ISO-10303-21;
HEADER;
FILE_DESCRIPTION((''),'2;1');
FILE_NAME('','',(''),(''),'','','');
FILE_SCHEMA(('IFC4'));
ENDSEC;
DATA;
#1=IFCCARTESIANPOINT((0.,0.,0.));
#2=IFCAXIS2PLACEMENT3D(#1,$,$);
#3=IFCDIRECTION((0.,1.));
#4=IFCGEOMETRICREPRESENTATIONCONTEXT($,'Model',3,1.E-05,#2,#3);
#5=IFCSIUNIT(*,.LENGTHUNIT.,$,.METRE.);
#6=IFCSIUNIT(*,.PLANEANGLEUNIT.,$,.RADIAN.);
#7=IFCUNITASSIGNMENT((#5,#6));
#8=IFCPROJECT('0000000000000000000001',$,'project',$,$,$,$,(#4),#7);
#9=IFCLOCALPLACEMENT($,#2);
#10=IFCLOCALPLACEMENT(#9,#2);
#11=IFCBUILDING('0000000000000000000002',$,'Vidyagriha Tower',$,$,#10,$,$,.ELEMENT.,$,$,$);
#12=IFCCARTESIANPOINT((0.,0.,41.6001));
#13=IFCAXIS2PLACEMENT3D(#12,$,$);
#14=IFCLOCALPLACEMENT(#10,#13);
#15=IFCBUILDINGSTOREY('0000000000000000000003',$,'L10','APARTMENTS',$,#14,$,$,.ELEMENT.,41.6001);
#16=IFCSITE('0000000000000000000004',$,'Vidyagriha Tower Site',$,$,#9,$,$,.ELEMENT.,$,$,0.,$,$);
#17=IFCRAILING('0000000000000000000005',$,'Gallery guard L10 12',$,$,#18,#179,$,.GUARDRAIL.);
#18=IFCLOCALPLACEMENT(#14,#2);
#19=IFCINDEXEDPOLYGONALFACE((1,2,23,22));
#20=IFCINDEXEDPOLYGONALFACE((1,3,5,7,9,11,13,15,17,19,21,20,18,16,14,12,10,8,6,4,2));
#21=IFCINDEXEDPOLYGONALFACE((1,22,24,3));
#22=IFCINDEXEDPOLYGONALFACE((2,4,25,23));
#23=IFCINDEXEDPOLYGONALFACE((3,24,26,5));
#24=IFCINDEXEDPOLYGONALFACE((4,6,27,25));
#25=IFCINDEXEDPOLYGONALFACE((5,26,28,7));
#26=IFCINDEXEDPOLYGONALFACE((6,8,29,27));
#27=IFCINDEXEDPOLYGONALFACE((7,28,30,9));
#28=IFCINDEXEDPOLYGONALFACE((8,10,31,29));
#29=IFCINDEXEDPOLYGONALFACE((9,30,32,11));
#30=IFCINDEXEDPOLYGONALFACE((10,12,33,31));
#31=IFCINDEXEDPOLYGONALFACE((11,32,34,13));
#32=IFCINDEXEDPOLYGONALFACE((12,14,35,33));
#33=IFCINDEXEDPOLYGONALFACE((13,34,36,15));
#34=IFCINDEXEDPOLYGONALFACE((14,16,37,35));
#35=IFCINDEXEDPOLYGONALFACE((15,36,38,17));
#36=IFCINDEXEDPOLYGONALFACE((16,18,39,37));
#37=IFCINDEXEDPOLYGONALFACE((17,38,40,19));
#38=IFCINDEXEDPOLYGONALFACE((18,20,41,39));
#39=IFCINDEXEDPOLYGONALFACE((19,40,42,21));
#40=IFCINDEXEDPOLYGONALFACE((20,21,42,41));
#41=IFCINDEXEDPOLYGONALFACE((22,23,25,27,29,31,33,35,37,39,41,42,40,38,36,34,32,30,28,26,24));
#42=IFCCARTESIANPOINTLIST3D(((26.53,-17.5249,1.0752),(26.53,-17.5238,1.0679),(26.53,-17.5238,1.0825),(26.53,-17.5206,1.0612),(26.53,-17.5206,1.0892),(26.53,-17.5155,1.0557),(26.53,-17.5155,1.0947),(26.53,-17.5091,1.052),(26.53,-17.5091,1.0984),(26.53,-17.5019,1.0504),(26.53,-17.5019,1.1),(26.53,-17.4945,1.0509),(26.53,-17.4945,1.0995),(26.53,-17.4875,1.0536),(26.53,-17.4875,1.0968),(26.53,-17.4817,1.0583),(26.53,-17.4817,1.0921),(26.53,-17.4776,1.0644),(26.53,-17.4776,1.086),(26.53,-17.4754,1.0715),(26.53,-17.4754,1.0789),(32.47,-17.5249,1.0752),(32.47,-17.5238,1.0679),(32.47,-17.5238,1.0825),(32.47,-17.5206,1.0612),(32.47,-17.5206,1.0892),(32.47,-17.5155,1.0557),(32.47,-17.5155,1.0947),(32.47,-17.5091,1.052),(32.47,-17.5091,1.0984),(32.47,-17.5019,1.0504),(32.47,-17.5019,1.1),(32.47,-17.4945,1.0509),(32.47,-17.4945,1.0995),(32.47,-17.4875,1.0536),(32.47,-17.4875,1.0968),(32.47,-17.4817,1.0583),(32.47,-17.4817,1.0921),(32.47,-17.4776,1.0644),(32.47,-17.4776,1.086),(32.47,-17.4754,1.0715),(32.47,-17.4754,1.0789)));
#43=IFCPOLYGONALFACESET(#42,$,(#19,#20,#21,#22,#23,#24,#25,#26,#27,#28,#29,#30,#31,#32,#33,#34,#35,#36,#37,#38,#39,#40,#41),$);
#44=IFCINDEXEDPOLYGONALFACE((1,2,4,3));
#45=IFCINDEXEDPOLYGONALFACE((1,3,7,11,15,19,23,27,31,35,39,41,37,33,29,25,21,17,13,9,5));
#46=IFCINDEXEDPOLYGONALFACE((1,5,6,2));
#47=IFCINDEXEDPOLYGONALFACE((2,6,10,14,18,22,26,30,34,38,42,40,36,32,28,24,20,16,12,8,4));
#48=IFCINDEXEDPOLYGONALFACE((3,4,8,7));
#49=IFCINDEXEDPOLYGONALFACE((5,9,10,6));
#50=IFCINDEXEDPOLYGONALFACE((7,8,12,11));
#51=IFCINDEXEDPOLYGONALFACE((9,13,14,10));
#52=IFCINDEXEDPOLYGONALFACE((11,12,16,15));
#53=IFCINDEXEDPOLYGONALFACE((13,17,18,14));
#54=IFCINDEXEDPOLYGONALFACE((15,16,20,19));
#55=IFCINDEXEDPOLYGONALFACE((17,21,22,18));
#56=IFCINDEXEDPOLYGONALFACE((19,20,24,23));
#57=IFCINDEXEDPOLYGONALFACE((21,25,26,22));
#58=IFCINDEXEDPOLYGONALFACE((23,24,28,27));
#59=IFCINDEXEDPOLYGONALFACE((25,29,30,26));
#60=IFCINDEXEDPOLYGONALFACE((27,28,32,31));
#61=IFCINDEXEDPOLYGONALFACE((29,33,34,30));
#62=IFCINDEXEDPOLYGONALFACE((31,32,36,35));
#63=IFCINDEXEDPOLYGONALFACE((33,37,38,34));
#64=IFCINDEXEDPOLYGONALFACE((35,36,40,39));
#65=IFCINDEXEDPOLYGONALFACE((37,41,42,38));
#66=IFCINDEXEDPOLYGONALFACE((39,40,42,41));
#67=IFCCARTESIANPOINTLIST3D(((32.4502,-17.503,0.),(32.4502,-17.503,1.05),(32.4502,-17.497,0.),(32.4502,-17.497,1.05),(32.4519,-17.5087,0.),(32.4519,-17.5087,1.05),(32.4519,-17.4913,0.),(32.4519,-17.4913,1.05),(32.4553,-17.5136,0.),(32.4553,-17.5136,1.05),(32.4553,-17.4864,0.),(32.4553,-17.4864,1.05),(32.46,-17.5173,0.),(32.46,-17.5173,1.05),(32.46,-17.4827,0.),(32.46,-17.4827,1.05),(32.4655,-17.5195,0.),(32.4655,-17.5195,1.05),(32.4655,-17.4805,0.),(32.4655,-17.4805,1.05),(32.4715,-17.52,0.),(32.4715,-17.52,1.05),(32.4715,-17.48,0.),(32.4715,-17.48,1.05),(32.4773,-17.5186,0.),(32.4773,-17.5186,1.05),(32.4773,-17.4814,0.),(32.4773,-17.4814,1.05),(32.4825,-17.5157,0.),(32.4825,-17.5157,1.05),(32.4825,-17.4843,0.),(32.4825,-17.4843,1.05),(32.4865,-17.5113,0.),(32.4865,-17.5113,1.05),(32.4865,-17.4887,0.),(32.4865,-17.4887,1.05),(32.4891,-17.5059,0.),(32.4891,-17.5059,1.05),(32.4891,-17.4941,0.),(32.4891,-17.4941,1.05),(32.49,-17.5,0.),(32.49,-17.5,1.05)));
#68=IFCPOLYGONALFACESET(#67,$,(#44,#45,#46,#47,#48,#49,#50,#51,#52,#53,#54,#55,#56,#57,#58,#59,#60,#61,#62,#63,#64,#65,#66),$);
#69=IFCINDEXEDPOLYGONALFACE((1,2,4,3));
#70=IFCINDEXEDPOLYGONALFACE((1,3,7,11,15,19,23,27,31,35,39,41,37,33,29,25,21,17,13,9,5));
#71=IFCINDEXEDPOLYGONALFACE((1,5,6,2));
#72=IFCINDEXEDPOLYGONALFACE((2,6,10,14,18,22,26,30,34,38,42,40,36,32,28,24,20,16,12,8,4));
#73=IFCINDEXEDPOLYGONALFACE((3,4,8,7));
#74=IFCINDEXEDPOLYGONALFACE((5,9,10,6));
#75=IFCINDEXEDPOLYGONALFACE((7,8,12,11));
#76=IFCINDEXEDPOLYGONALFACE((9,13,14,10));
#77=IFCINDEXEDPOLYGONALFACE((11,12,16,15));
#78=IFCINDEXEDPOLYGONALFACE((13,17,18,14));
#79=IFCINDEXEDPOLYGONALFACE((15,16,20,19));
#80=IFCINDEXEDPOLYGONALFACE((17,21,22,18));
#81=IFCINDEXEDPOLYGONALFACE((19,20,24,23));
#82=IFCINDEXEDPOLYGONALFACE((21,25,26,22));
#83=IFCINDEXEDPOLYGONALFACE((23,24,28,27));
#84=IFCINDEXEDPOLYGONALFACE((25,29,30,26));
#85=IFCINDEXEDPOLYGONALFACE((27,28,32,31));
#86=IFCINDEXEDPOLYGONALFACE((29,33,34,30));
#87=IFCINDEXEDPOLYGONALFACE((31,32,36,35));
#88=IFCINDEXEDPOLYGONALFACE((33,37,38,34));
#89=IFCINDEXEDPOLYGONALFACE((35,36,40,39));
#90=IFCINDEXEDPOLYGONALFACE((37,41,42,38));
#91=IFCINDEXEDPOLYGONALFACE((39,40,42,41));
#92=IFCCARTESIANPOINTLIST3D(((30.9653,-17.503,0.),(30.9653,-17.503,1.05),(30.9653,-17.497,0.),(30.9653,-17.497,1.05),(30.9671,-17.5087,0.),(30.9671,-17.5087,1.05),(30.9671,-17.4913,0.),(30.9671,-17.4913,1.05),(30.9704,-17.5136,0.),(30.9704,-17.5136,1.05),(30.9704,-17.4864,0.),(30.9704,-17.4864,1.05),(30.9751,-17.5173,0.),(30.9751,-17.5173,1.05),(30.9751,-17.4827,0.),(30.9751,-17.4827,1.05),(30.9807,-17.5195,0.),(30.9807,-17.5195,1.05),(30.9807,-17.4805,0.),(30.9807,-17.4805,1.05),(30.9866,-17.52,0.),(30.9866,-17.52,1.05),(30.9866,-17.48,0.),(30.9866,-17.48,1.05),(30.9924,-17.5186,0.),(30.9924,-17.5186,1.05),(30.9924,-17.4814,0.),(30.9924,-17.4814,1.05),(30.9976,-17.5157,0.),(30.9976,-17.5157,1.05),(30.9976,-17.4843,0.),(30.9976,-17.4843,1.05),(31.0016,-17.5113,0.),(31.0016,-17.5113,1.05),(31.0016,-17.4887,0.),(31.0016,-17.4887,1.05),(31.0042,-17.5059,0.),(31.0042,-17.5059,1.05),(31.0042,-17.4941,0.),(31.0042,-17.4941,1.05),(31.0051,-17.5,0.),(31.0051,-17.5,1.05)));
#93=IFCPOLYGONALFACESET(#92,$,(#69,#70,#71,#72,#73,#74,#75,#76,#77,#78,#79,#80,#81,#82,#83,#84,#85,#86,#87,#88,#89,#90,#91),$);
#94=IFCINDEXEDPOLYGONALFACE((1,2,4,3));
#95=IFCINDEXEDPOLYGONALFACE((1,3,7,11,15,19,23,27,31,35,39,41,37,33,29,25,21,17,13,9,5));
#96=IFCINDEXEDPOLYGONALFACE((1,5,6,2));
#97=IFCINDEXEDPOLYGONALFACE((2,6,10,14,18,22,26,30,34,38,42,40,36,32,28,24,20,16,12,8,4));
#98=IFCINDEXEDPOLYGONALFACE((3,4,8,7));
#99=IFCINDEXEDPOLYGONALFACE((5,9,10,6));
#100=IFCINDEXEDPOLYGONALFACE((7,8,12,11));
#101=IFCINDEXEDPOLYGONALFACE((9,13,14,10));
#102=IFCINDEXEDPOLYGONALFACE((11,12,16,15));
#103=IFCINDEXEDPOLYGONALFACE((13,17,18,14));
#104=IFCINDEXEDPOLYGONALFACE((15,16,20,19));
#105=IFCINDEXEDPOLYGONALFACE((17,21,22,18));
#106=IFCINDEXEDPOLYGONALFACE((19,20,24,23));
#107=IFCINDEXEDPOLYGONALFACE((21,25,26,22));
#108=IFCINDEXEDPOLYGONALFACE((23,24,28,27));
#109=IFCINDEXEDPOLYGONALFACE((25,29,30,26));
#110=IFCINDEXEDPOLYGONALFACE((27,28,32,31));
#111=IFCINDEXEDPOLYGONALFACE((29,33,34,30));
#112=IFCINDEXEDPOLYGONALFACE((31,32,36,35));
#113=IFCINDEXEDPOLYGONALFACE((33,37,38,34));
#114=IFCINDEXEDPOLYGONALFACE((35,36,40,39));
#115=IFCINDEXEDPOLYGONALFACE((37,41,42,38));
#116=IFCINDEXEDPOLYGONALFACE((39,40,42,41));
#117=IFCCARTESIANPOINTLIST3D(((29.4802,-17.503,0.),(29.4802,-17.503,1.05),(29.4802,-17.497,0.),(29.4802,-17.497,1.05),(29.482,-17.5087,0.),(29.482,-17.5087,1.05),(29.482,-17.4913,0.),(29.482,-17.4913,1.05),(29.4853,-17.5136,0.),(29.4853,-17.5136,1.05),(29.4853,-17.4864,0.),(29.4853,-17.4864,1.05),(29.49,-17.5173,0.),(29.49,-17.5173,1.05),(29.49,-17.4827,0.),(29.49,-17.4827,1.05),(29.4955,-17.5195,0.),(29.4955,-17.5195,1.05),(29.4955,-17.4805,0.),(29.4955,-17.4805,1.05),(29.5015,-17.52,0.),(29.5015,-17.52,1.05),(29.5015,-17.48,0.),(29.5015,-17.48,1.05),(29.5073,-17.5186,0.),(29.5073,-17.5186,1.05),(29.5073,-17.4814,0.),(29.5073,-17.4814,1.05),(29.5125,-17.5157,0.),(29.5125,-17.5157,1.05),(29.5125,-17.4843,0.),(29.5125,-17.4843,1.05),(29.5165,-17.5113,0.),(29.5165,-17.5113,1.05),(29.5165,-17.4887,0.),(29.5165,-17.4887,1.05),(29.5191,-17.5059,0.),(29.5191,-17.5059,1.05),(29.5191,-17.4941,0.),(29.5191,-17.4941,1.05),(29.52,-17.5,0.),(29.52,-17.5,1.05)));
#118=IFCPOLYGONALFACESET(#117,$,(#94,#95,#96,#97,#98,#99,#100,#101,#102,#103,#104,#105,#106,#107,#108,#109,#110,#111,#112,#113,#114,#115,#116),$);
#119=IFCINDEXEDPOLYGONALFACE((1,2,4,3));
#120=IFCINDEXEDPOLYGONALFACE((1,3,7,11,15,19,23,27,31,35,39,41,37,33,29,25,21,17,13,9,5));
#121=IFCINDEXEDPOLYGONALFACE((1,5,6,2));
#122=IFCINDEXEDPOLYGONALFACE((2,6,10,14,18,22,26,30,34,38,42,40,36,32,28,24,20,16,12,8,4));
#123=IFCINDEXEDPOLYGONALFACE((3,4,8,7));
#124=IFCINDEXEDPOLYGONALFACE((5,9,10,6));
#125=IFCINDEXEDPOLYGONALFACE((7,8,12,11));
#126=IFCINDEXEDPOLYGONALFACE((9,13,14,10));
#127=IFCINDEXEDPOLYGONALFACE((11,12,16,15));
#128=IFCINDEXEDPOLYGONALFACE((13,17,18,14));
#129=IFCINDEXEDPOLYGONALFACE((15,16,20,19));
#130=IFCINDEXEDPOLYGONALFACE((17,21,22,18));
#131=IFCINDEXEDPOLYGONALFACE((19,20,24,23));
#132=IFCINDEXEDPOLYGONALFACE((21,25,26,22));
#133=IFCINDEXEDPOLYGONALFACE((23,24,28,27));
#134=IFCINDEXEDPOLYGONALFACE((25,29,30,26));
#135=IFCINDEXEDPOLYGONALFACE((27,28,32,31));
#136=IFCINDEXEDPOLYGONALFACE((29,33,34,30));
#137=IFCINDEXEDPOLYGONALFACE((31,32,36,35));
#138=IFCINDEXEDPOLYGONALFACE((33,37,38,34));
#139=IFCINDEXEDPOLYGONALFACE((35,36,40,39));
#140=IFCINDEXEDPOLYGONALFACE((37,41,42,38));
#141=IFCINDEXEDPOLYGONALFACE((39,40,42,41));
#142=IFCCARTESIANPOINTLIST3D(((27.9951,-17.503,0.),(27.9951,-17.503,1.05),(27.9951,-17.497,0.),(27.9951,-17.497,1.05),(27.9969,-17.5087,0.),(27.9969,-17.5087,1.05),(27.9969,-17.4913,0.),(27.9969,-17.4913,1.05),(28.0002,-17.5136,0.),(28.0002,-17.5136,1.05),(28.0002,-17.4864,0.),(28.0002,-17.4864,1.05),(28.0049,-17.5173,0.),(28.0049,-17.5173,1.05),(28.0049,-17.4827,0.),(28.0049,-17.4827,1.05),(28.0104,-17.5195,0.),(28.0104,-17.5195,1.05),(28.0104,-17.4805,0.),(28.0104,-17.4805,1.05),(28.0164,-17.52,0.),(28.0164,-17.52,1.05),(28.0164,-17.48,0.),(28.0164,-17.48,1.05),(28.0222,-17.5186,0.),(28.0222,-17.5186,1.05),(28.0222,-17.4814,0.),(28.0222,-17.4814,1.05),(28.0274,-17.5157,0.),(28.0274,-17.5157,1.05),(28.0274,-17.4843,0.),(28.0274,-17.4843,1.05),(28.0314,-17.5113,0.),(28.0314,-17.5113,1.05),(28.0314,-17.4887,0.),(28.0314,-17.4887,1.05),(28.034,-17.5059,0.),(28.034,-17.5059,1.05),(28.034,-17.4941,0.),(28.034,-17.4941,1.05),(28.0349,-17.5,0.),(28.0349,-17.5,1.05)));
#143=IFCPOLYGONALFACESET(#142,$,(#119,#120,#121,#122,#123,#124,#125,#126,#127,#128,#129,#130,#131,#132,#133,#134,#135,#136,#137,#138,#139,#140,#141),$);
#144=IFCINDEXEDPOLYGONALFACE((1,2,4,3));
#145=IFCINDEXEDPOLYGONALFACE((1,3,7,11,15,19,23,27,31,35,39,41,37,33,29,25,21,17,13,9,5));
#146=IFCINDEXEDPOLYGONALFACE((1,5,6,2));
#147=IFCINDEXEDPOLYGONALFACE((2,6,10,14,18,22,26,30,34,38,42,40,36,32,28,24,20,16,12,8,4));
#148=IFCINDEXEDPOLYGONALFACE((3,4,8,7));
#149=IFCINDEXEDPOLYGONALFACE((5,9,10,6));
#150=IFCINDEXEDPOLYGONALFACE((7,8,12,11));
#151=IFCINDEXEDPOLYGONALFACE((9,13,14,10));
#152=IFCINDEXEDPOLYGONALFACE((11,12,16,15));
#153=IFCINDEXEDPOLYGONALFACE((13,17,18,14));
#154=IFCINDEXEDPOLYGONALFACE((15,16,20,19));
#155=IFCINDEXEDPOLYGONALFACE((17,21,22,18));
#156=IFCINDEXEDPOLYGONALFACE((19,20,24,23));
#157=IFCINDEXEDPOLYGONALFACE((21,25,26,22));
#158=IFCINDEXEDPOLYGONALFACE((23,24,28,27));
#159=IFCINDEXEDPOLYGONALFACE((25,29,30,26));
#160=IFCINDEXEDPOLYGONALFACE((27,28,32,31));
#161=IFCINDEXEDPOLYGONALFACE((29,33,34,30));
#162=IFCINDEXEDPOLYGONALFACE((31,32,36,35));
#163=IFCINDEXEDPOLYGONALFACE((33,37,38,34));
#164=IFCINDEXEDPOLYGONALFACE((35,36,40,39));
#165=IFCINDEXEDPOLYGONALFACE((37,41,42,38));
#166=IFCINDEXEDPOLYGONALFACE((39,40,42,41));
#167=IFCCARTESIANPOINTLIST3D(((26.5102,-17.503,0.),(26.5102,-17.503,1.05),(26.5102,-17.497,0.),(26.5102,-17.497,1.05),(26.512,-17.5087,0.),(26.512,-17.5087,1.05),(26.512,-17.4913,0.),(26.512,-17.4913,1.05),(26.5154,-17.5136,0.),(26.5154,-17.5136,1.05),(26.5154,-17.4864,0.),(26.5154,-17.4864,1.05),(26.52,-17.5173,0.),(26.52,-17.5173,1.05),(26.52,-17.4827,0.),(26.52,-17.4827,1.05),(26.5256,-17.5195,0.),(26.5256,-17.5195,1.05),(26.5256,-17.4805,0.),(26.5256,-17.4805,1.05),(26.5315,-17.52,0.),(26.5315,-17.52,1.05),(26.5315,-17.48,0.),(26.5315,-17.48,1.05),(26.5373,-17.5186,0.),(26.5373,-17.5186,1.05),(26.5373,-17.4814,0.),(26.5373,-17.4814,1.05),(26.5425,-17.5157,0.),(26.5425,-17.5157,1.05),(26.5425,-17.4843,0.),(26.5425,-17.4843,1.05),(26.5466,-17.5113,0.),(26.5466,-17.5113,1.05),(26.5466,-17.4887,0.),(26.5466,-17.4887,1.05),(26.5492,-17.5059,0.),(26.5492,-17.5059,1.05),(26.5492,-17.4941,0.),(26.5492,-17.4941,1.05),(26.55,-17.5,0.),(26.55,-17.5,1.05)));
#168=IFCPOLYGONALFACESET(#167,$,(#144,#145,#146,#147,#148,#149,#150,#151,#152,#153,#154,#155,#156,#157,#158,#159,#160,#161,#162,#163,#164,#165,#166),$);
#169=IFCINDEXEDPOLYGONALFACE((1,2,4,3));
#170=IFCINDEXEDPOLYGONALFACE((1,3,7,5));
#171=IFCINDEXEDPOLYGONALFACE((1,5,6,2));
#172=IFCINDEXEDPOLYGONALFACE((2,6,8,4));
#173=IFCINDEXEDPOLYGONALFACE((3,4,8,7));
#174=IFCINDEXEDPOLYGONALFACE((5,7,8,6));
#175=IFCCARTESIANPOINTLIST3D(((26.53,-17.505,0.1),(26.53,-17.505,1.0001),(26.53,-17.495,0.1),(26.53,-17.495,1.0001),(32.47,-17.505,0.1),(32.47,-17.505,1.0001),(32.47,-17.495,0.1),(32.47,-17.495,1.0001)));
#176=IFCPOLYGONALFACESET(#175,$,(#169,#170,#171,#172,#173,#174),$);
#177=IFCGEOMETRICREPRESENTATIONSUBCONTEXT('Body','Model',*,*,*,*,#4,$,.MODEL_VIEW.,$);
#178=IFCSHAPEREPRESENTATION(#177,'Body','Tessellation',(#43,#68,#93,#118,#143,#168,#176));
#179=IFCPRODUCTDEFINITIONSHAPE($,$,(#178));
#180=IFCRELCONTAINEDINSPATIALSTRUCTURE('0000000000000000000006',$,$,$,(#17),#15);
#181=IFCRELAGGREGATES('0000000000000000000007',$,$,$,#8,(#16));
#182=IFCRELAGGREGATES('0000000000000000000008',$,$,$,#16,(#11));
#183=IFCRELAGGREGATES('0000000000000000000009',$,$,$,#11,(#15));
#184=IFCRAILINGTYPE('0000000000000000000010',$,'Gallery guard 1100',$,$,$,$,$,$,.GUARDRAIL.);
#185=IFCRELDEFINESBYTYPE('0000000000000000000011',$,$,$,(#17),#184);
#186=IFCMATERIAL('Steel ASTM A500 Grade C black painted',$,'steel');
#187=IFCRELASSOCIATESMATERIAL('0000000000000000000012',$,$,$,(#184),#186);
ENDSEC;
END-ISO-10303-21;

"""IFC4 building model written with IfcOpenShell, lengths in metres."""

from ifc_helpers import new_model, si_unit, direction, frame, origin, origin_2d, place, context, subcontext, project, spatial, rectangle, circle, extrude, material, type_object, element, save


model = new_model("IFC4")

# Units and contexts
model_context = context("Model", 3, precision=1e-05, world=origin(), true_north=direction((0.0, 1.0)))
body_context = subcontext(model_context, "Body", "Model", "MODEL_VIEW")
ifc_project = project(units=[si_unit("LENGTHUNIT", "METRE"), si_unit("PLANEANGLEUNIT", "RADIAN")], contexts=[model_context])

# Site, building, storey
site_placement = place(None, origin())
site = spatial("IfcSite", under=ifc_project, at=site_placement, Name="Vidyagriha Tower Site", CompositionType="ELEMENT", RefElevation=0.0)
building_placement = place(site_placement, origin())
building = spatial("IfcBuilding", under=site, at=building_placement, Name="Vidyagriha Tower", CompositionType="ELEMENT")
storey_placement = place(building_placement, frame((0.0, 0.0, 41.6001)))
storey = spatial("IfcBuildingStorey", under=building, at=storey_placement, Name="L10", Description="APARTMENTS", CompositionType="ELEMENT", Elevation=41.6001)

# Railing
ifc_material_1 = material(Name="Steel ASTM A500 Grade C black painted", Category="steel")
railing_type = type_object("IfcRailingType", Name="Gallery guard 1100", PredefinedType="GUARDRAIL", material=ifc_material_1)
railing_1_placement = place(storey_placement, frame((32.47, -17.5, 0.0)))
element("IfcRailing", 1, at=railing_1_placement, inside=storey, type_object=railing_type, Name="Gallery guard L10 12", PredefinedType="GUARDRAIL", context=body_context, shape_type="SweptSolid", body=[
    extrude(circle(Radius=0.0249, at=origin_2d()), frame((0.0, 0.0, 1.0752), z_axis=(-1.0, 0.0, 0.0), x_axis=(0.0, -1.0, 0.0)), (0.0, 0.0, 1.0), 5.9399),
    extrude(circle(Radius=0.02, at=origin_2d()), origin(), (0.0, 0.0, 1.0), 1.05),
    extrude(circle(Radius=0.02, at=origin_2d()), frame((-1.4849, 0.0, 0.0)), (0.0, 0.0, 1.0), 1.05),
    extrude(circle(Radius=0.02, at=origin_2d()), frame((-2.97, 0.0, 0.0)), (0.0, 0.0, 1.0), 1.05),
    extrude(circle(Radius=0.02, at=origin_2d()), frame((-4.4551, 0.0, 0.0)), (0.0, 0.0, 1.0), 1.05),
    extrude(circle(Radius=0.02, at=origin_2d()), frame((-5.9399, 0.0, 0.0)), (0.0, 0.0, 1.0), 1.05),
    extrude(rectangle(XDim=0.01, YDim=0.9001, at=origin_2d()), frame((0.0, 0.0, 0.55), z_axis=(-1.0, 0.0, 0.0), x_axis=(0.0, -1.0, 0.0)), (0.0, 0.0, 1.0), 5.9399),
])

save(model, "model.ifc")
